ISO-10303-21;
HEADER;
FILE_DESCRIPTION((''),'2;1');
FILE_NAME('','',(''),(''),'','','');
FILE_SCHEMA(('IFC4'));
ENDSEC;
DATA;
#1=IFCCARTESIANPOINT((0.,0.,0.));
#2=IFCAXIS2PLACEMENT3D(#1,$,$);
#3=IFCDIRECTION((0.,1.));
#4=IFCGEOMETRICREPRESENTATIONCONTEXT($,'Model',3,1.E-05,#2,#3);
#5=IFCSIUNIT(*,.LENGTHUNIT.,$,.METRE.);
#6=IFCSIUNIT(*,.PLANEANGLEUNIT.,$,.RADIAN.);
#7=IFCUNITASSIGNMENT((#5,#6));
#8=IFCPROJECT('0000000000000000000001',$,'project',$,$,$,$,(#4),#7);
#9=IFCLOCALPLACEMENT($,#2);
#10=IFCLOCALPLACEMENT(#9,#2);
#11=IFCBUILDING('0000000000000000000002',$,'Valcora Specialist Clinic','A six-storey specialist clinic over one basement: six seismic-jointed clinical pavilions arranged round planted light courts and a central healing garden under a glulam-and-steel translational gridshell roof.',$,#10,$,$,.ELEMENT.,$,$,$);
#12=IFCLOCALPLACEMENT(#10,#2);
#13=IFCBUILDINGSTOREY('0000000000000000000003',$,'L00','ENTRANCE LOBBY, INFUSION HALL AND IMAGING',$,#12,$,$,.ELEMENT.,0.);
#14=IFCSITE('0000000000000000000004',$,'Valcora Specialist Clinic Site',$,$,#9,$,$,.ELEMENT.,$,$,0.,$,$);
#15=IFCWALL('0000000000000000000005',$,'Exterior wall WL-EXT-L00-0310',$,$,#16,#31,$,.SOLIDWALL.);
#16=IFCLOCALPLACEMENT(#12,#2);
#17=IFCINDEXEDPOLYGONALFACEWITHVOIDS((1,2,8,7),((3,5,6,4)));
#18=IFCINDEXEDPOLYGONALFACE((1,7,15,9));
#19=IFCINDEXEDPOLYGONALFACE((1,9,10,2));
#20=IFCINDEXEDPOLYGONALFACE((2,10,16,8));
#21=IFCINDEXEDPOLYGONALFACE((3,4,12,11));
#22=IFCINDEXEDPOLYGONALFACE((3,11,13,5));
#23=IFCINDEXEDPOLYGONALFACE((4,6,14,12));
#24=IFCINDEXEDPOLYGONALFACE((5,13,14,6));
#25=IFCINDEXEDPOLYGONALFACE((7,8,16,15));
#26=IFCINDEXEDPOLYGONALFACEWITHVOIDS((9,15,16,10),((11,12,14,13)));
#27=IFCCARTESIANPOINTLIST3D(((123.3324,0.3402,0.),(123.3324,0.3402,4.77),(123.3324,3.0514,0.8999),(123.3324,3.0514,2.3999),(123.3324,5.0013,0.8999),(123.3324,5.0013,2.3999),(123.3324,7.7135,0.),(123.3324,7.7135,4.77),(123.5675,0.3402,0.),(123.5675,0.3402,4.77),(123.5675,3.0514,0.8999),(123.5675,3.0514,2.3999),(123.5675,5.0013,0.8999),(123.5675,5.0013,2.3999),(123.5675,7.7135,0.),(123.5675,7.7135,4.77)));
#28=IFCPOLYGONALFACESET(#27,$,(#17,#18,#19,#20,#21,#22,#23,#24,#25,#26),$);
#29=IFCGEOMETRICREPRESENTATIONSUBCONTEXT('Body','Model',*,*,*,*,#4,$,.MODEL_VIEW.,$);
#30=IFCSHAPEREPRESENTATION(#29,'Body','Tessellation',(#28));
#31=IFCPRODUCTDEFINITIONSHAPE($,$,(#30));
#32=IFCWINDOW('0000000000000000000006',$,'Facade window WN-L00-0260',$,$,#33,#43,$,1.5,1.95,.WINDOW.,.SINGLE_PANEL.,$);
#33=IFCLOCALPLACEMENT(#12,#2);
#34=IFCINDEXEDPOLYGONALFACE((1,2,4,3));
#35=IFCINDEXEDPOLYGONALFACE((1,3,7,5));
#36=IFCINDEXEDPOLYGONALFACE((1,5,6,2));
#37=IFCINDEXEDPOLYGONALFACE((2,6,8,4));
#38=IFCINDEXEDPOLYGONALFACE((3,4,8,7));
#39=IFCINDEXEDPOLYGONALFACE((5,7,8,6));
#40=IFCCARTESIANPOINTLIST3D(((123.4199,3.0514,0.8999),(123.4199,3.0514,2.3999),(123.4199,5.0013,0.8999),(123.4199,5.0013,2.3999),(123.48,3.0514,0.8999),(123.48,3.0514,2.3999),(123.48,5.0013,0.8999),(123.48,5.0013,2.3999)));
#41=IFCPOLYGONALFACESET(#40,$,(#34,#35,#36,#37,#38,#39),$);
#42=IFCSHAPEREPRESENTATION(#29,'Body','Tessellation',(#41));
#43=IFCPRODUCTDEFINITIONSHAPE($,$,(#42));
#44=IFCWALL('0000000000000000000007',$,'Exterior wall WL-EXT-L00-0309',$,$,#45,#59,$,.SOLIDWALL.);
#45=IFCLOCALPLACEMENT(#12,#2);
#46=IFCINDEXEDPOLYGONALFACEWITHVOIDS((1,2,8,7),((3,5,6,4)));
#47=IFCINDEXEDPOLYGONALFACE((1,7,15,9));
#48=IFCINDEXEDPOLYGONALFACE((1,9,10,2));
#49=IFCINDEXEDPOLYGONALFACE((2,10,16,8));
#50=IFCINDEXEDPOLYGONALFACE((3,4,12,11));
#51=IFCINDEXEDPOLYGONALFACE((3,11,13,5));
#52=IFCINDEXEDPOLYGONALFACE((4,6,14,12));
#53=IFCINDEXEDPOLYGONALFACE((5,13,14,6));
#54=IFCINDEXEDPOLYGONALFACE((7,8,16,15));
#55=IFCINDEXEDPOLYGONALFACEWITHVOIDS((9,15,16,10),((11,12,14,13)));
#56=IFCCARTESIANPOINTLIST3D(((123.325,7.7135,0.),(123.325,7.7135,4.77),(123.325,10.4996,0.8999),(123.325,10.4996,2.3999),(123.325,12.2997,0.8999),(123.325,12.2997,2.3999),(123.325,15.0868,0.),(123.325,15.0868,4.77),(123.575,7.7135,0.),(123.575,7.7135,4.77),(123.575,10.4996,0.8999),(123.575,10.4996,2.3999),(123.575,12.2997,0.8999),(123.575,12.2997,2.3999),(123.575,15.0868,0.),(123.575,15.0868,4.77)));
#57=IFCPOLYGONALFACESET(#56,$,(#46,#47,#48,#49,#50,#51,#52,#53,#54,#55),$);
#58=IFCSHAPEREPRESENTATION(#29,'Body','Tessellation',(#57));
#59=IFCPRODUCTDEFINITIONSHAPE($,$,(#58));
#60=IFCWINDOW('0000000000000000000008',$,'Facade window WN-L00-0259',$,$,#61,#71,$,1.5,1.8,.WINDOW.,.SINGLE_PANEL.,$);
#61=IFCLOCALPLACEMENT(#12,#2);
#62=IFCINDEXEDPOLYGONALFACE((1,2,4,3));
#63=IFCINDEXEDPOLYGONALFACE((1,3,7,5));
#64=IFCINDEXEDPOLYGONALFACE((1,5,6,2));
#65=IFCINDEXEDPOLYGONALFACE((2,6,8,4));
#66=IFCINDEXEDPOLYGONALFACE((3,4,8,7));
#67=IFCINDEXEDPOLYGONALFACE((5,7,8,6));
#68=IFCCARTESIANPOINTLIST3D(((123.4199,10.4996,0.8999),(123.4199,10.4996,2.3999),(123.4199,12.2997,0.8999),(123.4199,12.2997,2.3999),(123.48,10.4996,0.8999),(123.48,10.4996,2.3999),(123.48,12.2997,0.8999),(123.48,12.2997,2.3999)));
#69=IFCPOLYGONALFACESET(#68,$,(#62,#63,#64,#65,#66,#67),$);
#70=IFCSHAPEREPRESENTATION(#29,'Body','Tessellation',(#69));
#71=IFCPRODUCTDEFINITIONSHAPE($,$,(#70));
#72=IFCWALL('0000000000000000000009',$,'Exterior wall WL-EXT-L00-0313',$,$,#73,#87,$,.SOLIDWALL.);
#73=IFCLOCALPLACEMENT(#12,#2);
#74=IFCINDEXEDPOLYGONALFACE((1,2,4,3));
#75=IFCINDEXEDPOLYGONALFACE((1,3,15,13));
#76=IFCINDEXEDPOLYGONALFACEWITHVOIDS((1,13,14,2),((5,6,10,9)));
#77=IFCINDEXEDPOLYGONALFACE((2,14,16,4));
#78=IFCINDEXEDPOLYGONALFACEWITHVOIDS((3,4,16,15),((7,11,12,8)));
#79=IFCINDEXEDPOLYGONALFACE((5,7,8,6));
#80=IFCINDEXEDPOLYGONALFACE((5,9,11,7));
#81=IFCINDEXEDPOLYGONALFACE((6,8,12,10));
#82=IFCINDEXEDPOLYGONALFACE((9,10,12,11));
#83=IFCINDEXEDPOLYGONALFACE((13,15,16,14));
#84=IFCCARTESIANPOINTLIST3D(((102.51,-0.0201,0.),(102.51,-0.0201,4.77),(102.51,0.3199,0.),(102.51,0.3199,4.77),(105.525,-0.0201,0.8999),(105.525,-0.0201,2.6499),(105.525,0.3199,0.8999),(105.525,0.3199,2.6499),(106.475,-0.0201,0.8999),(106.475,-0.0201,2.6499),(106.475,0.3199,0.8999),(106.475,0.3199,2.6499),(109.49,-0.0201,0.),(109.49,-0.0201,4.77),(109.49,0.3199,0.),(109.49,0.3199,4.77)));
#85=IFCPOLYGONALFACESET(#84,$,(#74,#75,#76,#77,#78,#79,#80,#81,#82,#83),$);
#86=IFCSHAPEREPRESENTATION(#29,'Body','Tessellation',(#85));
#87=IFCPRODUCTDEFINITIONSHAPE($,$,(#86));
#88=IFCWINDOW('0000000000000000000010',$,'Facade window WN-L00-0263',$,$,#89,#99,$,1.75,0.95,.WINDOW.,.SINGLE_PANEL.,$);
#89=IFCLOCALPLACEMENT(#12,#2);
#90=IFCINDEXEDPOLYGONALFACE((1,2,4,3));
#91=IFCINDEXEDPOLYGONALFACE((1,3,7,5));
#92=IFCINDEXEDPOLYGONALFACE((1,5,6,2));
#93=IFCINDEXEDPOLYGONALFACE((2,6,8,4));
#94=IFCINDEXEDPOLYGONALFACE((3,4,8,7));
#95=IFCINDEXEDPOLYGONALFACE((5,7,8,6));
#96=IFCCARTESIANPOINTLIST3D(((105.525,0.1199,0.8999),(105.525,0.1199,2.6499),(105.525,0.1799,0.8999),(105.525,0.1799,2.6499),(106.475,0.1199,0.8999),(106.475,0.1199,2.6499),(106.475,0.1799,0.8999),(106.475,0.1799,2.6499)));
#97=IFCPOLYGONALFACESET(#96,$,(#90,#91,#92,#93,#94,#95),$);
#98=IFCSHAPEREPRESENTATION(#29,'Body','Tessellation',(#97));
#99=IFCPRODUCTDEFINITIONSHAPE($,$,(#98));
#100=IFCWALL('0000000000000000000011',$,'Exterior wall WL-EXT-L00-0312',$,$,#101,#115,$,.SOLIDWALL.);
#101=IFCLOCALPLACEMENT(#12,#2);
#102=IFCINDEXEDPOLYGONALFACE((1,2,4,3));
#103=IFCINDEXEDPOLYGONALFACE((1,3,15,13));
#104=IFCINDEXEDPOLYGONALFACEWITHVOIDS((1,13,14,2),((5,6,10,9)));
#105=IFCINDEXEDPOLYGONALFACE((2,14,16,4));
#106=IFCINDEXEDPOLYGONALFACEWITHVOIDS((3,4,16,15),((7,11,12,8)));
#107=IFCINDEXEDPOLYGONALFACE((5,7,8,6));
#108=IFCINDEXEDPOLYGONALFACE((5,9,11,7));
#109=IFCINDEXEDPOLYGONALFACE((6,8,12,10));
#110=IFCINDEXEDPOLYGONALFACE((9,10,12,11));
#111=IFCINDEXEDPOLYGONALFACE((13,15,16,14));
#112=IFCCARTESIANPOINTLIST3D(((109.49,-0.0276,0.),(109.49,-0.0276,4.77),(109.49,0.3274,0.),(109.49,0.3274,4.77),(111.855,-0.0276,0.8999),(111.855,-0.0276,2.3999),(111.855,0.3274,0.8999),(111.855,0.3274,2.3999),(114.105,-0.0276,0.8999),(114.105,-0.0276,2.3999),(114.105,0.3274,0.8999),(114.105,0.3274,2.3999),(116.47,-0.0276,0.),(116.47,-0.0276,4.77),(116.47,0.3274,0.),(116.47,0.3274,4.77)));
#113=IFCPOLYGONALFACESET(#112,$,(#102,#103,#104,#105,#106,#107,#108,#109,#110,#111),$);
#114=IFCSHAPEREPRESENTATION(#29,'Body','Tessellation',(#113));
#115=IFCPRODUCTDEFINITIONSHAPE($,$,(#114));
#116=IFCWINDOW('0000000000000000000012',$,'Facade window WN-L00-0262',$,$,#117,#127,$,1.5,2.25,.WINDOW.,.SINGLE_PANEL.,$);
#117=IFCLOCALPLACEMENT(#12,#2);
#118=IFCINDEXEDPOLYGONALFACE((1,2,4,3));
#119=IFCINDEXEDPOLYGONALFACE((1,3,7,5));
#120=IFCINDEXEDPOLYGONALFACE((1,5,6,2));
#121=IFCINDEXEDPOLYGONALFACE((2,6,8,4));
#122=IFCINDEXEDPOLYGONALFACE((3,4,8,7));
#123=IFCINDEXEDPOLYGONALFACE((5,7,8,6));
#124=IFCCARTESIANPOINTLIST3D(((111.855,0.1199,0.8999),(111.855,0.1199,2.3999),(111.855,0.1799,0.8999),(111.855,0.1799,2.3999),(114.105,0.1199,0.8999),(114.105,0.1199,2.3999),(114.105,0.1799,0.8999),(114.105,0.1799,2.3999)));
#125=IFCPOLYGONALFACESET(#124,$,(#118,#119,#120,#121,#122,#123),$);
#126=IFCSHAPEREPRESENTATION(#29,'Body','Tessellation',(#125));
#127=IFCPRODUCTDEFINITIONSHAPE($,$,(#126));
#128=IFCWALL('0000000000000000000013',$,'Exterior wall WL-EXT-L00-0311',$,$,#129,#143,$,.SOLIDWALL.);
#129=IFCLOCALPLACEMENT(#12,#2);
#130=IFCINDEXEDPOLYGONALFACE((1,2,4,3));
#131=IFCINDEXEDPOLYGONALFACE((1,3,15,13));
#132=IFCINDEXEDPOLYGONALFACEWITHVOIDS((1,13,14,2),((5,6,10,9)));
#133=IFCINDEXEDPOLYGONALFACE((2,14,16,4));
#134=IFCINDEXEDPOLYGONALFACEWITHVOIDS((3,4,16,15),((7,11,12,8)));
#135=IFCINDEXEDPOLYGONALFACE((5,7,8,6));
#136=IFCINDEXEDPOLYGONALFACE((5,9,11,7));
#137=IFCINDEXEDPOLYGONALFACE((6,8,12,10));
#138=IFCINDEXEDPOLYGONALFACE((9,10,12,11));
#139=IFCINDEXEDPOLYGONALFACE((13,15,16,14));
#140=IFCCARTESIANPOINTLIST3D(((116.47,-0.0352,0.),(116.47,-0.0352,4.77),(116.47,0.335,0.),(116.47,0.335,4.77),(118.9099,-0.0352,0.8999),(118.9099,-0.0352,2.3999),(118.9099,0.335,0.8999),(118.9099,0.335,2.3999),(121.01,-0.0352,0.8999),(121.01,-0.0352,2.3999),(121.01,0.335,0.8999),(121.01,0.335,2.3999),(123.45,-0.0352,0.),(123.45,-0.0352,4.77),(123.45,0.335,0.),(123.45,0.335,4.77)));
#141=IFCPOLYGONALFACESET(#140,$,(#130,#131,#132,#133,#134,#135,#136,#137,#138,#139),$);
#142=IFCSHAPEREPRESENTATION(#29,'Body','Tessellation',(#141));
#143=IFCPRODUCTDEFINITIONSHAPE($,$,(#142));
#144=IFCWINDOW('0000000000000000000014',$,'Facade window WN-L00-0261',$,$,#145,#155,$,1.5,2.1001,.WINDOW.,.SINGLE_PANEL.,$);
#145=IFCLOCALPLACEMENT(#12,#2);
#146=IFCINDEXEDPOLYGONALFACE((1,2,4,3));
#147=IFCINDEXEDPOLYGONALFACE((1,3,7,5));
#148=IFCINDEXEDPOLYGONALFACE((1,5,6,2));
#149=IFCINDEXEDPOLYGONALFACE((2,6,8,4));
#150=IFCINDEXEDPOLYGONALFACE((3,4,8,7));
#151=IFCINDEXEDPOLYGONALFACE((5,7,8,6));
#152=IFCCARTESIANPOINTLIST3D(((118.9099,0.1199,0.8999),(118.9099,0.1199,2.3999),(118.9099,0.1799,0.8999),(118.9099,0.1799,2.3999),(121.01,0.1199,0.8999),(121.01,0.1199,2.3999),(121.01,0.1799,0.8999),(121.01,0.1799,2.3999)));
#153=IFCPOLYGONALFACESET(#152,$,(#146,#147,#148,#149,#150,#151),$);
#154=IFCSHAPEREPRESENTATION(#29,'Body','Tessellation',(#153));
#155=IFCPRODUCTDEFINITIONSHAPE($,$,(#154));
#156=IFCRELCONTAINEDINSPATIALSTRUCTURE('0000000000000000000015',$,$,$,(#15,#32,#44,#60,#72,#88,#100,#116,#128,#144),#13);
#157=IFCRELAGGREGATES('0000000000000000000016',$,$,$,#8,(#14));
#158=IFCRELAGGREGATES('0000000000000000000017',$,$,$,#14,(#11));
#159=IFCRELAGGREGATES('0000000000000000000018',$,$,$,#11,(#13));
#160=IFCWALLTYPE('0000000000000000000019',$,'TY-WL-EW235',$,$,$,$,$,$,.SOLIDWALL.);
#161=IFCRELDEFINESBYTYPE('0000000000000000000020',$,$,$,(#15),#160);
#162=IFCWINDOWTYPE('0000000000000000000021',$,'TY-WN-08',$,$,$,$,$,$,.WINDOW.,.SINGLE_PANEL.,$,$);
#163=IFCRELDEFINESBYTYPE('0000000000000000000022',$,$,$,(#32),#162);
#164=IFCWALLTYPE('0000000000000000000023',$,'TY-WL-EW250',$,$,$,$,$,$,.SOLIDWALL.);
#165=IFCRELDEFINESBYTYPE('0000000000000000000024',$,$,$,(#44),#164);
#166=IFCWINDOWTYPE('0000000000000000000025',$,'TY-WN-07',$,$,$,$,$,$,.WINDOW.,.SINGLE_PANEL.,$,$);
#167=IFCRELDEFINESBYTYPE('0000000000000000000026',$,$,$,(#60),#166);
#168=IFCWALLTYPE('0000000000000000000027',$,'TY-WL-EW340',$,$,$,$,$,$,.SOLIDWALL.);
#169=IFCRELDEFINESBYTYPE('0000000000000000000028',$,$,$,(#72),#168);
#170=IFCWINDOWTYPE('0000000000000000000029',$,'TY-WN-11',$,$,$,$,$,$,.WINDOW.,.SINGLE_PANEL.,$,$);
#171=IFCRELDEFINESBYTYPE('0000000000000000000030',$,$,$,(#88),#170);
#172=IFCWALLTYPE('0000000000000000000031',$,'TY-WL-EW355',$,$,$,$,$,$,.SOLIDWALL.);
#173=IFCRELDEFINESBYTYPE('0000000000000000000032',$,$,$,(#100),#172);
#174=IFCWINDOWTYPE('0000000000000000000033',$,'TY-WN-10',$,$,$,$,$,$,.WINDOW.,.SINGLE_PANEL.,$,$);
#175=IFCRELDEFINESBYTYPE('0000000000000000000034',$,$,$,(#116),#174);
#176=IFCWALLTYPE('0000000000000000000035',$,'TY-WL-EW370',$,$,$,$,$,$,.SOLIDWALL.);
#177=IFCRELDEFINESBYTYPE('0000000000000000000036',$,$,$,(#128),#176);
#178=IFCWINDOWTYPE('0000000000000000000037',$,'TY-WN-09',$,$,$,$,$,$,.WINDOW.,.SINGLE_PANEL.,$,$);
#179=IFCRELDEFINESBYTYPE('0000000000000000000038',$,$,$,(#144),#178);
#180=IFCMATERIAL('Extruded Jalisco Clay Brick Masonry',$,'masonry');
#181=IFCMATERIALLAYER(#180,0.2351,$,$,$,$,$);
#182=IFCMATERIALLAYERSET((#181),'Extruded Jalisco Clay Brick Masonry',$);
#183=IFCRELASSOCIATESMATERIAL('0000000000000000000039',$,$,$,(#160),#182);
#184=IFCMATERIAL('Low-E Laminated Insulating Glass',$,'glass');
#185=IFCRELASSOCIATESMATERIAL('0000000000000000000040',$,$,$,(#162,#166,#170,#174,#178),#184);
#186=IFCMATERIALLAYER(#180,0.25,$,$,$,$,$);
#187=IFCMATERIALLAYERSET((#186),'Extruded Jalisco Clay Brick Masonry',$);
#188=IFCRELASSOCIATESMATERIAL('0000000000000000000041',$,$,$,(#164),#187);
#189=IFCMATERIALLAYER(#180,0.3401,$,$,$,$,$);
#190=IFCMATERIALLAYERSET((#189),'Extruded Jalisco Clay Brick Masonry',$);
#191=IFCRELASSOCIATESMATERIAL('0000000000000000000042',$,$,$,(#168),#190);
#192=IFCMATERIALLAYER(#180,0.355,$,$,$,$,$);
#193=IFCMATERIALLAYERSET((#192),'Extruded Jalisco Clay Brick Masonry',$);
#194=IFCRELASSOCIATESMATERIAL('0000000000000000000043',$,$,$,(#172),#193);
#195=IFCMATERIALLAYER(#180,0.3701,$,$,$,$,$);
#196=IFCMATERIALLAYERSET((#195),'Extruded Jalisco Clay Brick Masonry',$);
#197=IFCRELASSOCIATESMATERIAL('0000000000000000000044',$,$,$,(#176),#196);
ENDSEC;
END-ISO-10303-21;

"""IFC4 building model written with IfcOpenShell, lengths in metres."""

from ifc_helpers import new_model, si_unit, direction, frame, frame_2d, origin, place, context, subcontext, project, spatial, rectangle, extrude, material, layer, layer_set, type_object, element, fill, save


model = new_model("IFC4")

# Units and contexts
model_context = context("Model", 3, precision=1e-05, world=origin(), true_north=direction((0.0, 1.0)))
body_context = subcontext(model_context, "Body", "Model", "MODEL_VIEW")
ifc_project = project(units=[si_unit("LENGTHUNIT", "METRE"), si_unit("PLANEANGLEUNIT", "RADIAN")], contexts=[model_context])

# Site, building, storey
site_placement = place(None, origin())
site = spatial("IfcSite", under=ifc_project, at=site_placement, Name="Valcora Specialist Clinic Site", CompositionType="ELEMENT", RefElevation=0.0)
building_placement = place(site_placement, origin())
building = spatial("IfcBuilding", under=site, at=building_placement, Name="Valcora Specialist Clinic", Description="A six-storey specialist clinic over one basement: six seismic-jointed clinical pavilions arranged round planted light courts and a central healing garden under a glulam-and-steel translational gridshell roof.", CompositionType="ELEMENT")
storey_placement = place(building_placement, origin())
storey = spatial("IfcBuildingStorey", under=building, at=storey_placement, Name="L00", Description="ENTRANCE LOBBY, INFUSION HALL AND IMAGING", CompositionType="ELEMENT", Elevation=0.0)

# Walls, openings, windows
ifc_material_1 = material(Name="Extruded Jalisco Clay Brick Masonry", Category="masonry")
ifc_layer_1 = layer(ifc_material_1, 0.2351)
ifc_layer_set_1 = layer_set([ifc_layer_1], Name="Extruded Jalisco Clay Brick Masonry")
wall_type_1 = type_object("IfcWallType", Name="TY-WL-EW235", PredefinedType="SOLIDWALL", material=ifc_layer_set_1)
wall_1_placement = place(storey_placement, frame((123.45, 7.7134, 0.0), z_axis=(0.0, 0.0, 1.0), x_axis=(0.0, -1.0, 0.0)))
wall_1 = element("IfcWall", 1, at=wall_1_placement, inside=storey, type_object=wall_type_1, Name="Exterior wall WL-EXT-L00-0310", PredefinedType="SOLIDWALL", context=body_context, shape_type="SweptSolid", body=[
    extrude(rectangle(XDim=7.3733, YDim=0.2351, at=frame_2d((3.6865, 0.0))), origin(), (0.0, 0.0, 1.0), 4.77),
])
opening_1_placement = place(wall_1_placement, frame((2.7119, 0.0, 0.8999)))
opening_1 = element("IfcOpeningElement", 2, at=opening_1_placement, cuts=wall_1, PredefinedType="OPENING", context=body_context, shape_type="SweptSolid", body=[
    extrude(rectangle(XDim=1.95, YDim=1.5, at=frame_2d((0.9751, 0.75))), frame((0.0, 0.1274, 0.0), z_axis=(0.0, -1.0, 0.0), x_axis=(1.0, 0.0, 0.0)), (0.0, 0.0, 1.0), 0.2551),
])
ifc_material_2 = material(Name="Low-E Laminated Insulating Glass", Category="glass")
window_type_1 = type_object("IfcWindowType", Name="TY-WN-08", PartitioningType="SINGLE_PANEL", PredefinedType="WINDOW", material=ifc_material_2)
window_1_placement = place(opening_1_placement, origin())
window_1 = element("IfcWindow", 3, at=window_1_placement, inside=storey, type_object=window_type_1, Name="Facade window WN-L00-0260", OverallHeight=1.5, OverallWidth=1.95, PartitioningType="SINGLE_PANEL", PredefinedType="WINDOW", context=body_context, shape_type="SweptSolid", body=[
    extrude(rectangle(XDim=1.95, YDim=1.5, at=frame_2d((0.9751, 0.75))), frame((0.0, 0.03, 0.0), z_axis=(0.0, -1.0, 0.0), x_axis=(1.0, 0.0, 0.0)), (0.0, 0.0, 1.0), 0.0601),
])
fill(opening_1, window_1)
ifc_layer_2 = layer(ifc_material_1, 0.25)
ifc_layer_set_2 = layer_set([ifc_layer_2], Name="Extruded Jalisco Clay Brick Masonry")
wall_type_2 = type_object("IfcWallType", Name="TY-WL-EW250", PredefinedType="SOLIDWALL", material=ifc_layer_set_2)
wall_2_placement = place(storey_placement, frame((123.45, 15.0867, 0.0), z_axis=(0.0, 0.0, 1.0), x_axis=(0.0, -1.0, 0.0)))
wall_2 = element("IfcWall", 4, at=wall_2_placement, inside=storey, type_object=wall_type_2, Name="Exterior wall WL-EXT-L00-0309", PredefinedType="SOLIDWALL", context=body_context, shape_type="SweptSolid", body=[
    extrude(rectangle(XDim=7.3733, YDim=0.25, at=frame_2d((3.6865, 0.0))), origin(), (0.0, 0.0, 1.0), 4.77),
])
opening_2_placement = place(wall_2_placement, frame((2.7871, 0.0, 0.8999)))
opening_2 = element("IfcOpeningElement", 5, at=opening_2_placement, cuts=wall_2, PredefinedType="OPENING", context=body_context, shape_type="SweptSolid", body=[
    extrude(rectangle(XDim=1.8, YDim=1.5, at=frame_2d((0.8999, 0.75))), frame((0.0, 0.135, 0.0), z_axis=(0.0, -1.0, 0.0), x_axis=(1.0, 0.0, 0.0)), (0.0, 0.0, 1.0), 0.27),
])
window_type_2 = type_object("IfcWindowType", Name="TY-WN-07", PartitioningType="SINGLE_PANEL", PredefinedType="WINDOW", material=ifc_material_2)
window_2_placement = place(opening_2_placement, origin())
window_2 = element("IfcWindow", 6, at=window_2_placement, inside=storey, type_object=window_type_2, Name="Facade window WN-L00-0259", OverallHeight=1.5, OverallWidth=1.8, PartitioningType="SINGLE_PANEL", PredefinedType="WINDOW", context=body_context, shape_type="SweptSolid", body=[
    extrude(rectangle(XDim=1.8, YDim=1.5, at=frame_2d((0.8999, 0.75))), frame((0.0, 0.03, 0.0), z_axis=(0.0, -1.0, 0.0), x_axis=(1.0, 0.0, 0.0)), (0.0, 0.0, 1.0), 0.0601),
])
fill(opening_2, window_2)
ifc_layer_3 = layer(ifc_material_1, 0.3401)
ifc_layer_set_3 = layer_set([ifc_layer_3], Name="Extruded Jalisco Clay Brick Masonry")
wall_type_3 = type_object("IfcWallType", Name="TY-WL-EW340", PredefinedType="SOLIDWALL", material=ifc_layer_set_3)
wall_3_placement = place(storey_placement, frame((109.49, 0.1499, 0.0), z_axis=(0.0, 0.0, 1.0), x_axis=(-1.0, 0.0, 0.0)))
wall_3 = element("IfcWall", 7, at=wall_3_placement, inside=storey, type_object=wall_type_3, Name="Exterior wall WL-EXT-L00-0313", PredefinedType="SOLIDWALL", context=body_context, shape_type="SweptSolid", body=[
    extrude(rectangle(XDim=6.98, YDim=0.3401, at=frame_2d((3.49, 0.0))), origin(), (0.0, 0.0, 1.0), 4.77),
])
opening_3_placement = place(wall_3_placement, frame((3.0149, 0.0, 0.8999)))
opening_3 = element("IfcOpeningElement", 8, at=opening_3_placement, cuts=wall_3, PredefinedType="OPENING", context=body_context, shape_type="SweptSolid", body=[
    extrude(rectangle(XDim=0.95, YDim=1.75, at=frame_2d((0.4751, 0.875))), frame((0.0, 0.1799, 0.0), z_axis=(0.0, -1.0, 0.0), x_axis=(1.0, 0.0, 0.0)), (0.0, 0.0, 1.0), 0.3601),
])
window_type_3 = type_object("IfcWindowType", Name="TY-WN-11", PartitioningType="SINGLE_PANEL", PredefinedType="WINDOW", material=ifc_material_2)
window_3_placement = place(opening_3_placement, origin())
window_3 = element("IfcWindow", 9, at=window_3_placement, inside=storey, type_object=window_type_3, Name="Facade window WN-L00-0263", OverallHeight=1.75, OverallWidth=0.95, PartitioningType="SINGLE_PANEL", PredefinedType="WINDOW", context=body_context, shape_type="SweptSolid", body=[
    extrude(rectangle(XDim=0.95, YDim=1.75, at=frame_2d((0.4751, 0.875))), frame((0.0, 0.03, 0.0), z_axis=(0.0, -1.0, 0.0), x_axis=(1.0, 0.0, 0.0)), (0.0, 0.0, 1.0), 0.0601),
])
fill(opening_3, window_3)
ifc_layer_4 = layer(ifc_material_1, 0.355)
ifc_layer_set_4 = layer_set([ifc_layer_4], Name="Extruded Jalisco Clay Brick Masonry")
wall_type_4 = type_object("IfcWallType", Name="TY-WL-EW355", PredefinedType="SOLIDWALL", material=ifc_layer_set_4)
wall_4_placement = place(storey_placement, frame((116.47, 0.1499, 0.0), z_axis=(0.0, 0.0, 1.0), x_axis=(-1.0, 0.0, 0.0)))
wall_4 = element("IfcWall", 10, at=wall_4_placement, inside=storey, type_object=wall_type_4, Name="Exterior wall WL-EXT-L00-0312", PredefinedType="SOLIDWALL", context=body_context, shape_type="SweptSolid", body=[
    extrude(rectangle(XDim=6.98, YDim=0.355, at=frame_2d((3.49, 0.0))), origin(), (0.0, 0.0, 1.0), 4.77),
])
opening_4_placement = place(wall_4_placement, frame((2.365, 0.0, 0.8999)))
opening_4 = element("IfcOpeningElement", 11, at=opening_4_placement, cuts=wall_4, PredefinedType="OPENING", context=body_context, shape_type="SweptSolid", body=[
    extrude(rectangle(XDim=2.25, YDim=1.5, at=frame_2d((1.125, 0.75))), frame((0.0, 0.1875, 0.0), z_axis=(0.0, -1.0, 0.0), x_axis=(1.0, 0.0, 0.0)), (0.0, 0.0, 1.0), 0.375),
])
window_type_4 = type_object("IfcWindowType", Name="TY-WN-10", PartitioningType="SINGLE_PANEL", PredefinedType="WINDOW", material=ifc_material_2)
window_4_placement = place(opening_4_placement, origin())
window_4 = element("IfcWindow", 12, at=window_4_placement, inside=storey, type_object=window_type_4, Name="Facade window WN-L00-0262", OverallHeight=1.5, OverallWidth=2.25, PartitioningType="SINGLE_PANEL", PredefinedType="WINDOW", context=body_context, shape_type="SweptSolid", body=[
    extrude(rectangle(XDim=2.25, YDim=1.5, at=frame_2d((1.125, 0.75))), frame((0.0, 0.03, 0.0), z_axis=(0.0, -1.0, 0.0), x_axis=(1.0, 0.0, 0.0)), (0.0, 0.0, 1.0), 0.0601),
])
fill(opening_4, window_4)
ifc_layer_5 = layer(ifc_material_1, 0.3701)
ifc_layer_set_5 = layer_set([ifc_layer_5], Name="Extruded Jalisco Clay Brick Masonry")
wall_type_5 = type_object("IfcWallType", Name="TY-WL-EW370", PredefinedType="SOLIDWALL", material=ifc_layer_set_5)
wall_5_placement = place(storey_placement, frame((123.45, 0.1499, 0.0), z_axis=(0.0, 0.0, 1.0), x_axis=(-1.0, 0.0, 0.0)))
wall_5 = element("IfcWall", 13, at=wall_5_placement, inside=storey, type_object=wall_type_5, Name="Exterior wall WL-EXT-L00-0311", PredefinedType="SOLIDWALL", context=body_context, shape_type="SweptSolid", body=[
    extrude(rectangle(XDim=6.98, YDim=0.3701, at=frame_2d((3.49, 0.0))), origin(), (0.0, 0.0, 1.0), 4.77),
])
opening_5_placement = place(wall_5_placement, frame((2.4399, 0.0, 0.8999)))
opening_5 = element("IfcOpeningElement", 14, at=opening_5_placement, cuts=wall_5, PredefinedType="OPENING", context=body_context, shape_type="SweptSolid", body=[
    extrude(rectangle(XDim=2.1001, YDim=1.5, at=frame_2d((1.05, 0.75))), frame((0.0, 0.1951, 0.0), z_axis=(0.0, -1.0, 0.0), x_axis=(1.0, 0.0, 0.0)), (0.0, 0.0, 1.0), 0.3901),
])
window_type_5 = type_object("IfcWindowType", Name="TY-WN-09", PartitioningType="SINGLE_PANEL", PredefinedType="WINDOW", material=ifc_material_2)
window_5_placement = place(opening_5_placement, origin())
window_5 = element("IfcWindow", 15, at=window_5_placement, inside=storey, type_object=window_type_5, Name="Facade window WN-L00-0261", OverallHeight=1.5, OverallWidth=2.1001, PartitioningType="SINGLE_PANEL", PredefinedType="WINDOW", context=body_context, shape_type="SweptSolid", body=[
    extrude(rectangle(XDim=2.1001, YDim=1.5, at=frame_2d((1.05, 0.75))), frame((0.0, 0.03, 0.0), z_axis=(0.0, -1.0, 0.0), x_axis=(1.0, 0.0, 0.0)), (0.0, 0.0, 1.0), 0.0601),
])
fill(opening_5, window_5)

save(model, "model.ifc")
